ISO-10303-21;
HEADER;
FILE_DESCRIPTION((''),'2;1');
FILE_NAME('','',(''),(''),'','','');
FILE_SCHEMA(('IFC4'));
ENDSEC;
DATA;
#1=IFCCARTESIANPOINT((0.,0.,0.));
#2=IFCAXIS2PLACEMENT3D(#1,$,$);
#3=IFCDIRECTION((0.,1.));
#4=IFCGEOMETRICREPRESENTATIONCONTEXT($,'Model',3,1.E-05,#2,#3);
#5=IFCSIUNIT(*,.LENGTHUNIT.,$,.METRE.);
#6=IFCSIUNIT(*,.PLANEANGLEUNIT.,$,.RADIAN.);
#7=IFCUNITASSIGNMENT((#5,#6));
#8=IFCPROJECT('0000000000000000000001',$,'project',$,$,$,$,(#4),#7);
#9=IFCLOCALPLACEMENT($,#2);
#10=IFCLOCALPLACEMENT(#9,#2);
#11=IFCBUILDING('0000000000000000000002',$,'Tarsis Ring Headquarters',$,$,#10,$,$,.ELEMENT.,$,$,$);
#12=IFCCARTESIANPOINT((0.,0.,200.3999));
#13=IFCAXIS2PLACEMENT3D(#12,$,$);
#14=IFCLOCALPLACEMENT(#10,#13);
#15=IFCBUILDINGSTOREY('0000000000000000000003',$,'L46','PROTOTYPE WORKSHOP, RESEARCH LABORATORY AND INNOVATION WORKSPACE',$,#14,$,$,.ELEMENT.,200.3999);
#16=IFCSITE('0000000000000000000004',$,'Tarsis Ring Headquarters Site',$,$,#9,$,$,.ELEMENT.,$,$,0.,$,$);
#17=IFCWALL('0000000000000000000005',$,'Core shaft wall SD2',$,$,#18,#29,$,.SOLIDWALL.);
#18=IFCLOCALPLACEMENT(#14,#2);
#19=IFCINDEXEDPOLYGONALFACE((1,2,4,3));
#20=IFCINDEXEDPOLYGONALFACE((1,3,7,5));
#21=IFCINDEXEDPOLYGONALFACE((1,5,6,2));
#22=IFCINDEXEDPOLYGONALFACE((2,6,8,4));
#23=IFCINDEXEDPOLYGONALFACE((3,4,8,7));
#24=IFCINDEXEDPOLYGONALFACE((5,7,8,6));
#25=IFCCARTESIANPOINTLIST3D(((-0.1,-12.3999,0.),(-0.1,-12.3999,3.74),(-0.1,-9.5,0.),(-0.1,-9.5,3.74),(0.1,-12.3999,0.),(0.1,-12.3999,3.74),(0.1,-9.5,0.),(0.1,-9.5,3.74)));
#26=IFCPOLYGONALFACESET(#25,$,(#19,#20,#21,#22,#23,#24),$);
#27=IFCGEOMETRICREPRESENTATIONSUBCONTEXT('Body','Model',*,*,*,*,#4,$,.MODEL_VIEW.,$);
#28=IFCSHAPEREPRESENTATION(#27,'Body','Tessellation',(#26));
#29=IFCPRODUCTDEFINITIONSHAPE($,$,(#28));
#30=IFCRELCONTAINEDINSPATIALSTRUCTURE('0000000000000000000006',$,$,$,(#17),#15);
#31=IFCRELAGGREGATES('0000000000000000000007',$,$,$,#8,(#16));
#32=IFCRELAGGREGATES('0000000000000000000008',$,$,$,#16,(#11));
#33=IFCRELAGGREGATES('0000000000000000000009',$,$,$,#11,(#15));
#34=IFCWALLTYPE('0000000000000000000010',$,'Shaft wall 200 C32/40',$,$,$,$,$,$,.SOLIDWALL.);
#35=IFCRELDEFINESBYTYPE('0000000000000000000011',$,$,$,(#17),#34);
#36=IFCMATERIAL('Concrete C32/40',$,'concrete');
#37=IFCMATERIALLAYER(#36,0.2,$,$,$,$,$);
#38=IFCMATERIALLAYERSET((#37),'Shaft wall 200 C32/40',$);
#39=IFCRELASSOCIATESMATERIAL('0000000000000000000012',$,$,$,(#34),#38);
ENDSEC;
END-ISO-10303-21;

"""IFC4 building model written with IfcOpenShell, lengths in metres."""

from ifc_helpers import new_model, si_unit, direction, frame, frame_2d, origin, place, context, subcontext, project, spatial, rectangle, extrude, material, layer, layer_set, type_object, element, save


model = new_model("IFC4")

# Units and contexts
model_context = context("Model", 3, precision=1e-05, world=origin(), true_north=direction((0.0, 1.0)))
body_context = subcontext(model_context, "Body", "Model", "MODEL_VIEW")
ifc_project = project(units=[si_unit("LENGTHUNIT", "METRE"), si_unit("PLANEANGLEUNIT", "RADIAN")], contexts=[model_context])

# Site, building, storey
site_placement = place(None, origin())
site = spatial("IfcSite", under=ifc_project, at=site_placement, Name="Tarsis Ring Headquarters Site", CompositionType="ELEMENT", RefElevation=0.0)
building_placement = place(site_placement, origin())
building = spatial("IfcBuilding", under=site, at=building_placement, Name="Tarsis Ring Headquarters", CompositionType="ELEMENT")
storey_placement = place(building_placement, frame((0.0, 0.0, 200.3999)))
storey = spatial("IfcBuildingStorey", under=building, at=storey_placement, Name="L46", Description="PROTOTYPE WORKSHOP, RESEARCH LABORATORY AND INNOVATION WORKSPACE", CompositionType="ELEMENT", Elevation=200.3999)

# Wall
ifc_material_1 = material(Name="Concrete C32/40", Category="concrete")
ifc_layer_1 = layer(ifc_material_1, 0.2)
ifc_layer_set_1 = layer_set([ifc_layer_1], Name="Shaft wall 200 C32/40")
wall_type_1 = type_object("IfcWallType", Name="Shaft wall 200 C32/40", PredefinedType="SOLIDWALL", material=ifc_layer_set_1)
for number, where, z_axis, x_axis, name in (
    (1, (0.0, -12.3999, 0.0), (0.0, 0.0, 1.0), (0.0, 1.0, 0.0), "Core shaft wall SD2"),
):
    element("IfcWall", number, at=place(storey_placement, frame(where, z_axis=z_axis, x_axis=x_axis)), inside=storey, type_object=wall_type_1, Name=name, PredefinedType="SOLIDWALL", context=body_context, shape_type="SweptSolid", body=[
        extrude(rectangle(XDim=2.8999, YDim=0.2, at=frame_2d((1.45, 0.0))), origin(), (0.0, 0.0, 1.0), 3.74),
    ])

save(model, "model.ifc")
